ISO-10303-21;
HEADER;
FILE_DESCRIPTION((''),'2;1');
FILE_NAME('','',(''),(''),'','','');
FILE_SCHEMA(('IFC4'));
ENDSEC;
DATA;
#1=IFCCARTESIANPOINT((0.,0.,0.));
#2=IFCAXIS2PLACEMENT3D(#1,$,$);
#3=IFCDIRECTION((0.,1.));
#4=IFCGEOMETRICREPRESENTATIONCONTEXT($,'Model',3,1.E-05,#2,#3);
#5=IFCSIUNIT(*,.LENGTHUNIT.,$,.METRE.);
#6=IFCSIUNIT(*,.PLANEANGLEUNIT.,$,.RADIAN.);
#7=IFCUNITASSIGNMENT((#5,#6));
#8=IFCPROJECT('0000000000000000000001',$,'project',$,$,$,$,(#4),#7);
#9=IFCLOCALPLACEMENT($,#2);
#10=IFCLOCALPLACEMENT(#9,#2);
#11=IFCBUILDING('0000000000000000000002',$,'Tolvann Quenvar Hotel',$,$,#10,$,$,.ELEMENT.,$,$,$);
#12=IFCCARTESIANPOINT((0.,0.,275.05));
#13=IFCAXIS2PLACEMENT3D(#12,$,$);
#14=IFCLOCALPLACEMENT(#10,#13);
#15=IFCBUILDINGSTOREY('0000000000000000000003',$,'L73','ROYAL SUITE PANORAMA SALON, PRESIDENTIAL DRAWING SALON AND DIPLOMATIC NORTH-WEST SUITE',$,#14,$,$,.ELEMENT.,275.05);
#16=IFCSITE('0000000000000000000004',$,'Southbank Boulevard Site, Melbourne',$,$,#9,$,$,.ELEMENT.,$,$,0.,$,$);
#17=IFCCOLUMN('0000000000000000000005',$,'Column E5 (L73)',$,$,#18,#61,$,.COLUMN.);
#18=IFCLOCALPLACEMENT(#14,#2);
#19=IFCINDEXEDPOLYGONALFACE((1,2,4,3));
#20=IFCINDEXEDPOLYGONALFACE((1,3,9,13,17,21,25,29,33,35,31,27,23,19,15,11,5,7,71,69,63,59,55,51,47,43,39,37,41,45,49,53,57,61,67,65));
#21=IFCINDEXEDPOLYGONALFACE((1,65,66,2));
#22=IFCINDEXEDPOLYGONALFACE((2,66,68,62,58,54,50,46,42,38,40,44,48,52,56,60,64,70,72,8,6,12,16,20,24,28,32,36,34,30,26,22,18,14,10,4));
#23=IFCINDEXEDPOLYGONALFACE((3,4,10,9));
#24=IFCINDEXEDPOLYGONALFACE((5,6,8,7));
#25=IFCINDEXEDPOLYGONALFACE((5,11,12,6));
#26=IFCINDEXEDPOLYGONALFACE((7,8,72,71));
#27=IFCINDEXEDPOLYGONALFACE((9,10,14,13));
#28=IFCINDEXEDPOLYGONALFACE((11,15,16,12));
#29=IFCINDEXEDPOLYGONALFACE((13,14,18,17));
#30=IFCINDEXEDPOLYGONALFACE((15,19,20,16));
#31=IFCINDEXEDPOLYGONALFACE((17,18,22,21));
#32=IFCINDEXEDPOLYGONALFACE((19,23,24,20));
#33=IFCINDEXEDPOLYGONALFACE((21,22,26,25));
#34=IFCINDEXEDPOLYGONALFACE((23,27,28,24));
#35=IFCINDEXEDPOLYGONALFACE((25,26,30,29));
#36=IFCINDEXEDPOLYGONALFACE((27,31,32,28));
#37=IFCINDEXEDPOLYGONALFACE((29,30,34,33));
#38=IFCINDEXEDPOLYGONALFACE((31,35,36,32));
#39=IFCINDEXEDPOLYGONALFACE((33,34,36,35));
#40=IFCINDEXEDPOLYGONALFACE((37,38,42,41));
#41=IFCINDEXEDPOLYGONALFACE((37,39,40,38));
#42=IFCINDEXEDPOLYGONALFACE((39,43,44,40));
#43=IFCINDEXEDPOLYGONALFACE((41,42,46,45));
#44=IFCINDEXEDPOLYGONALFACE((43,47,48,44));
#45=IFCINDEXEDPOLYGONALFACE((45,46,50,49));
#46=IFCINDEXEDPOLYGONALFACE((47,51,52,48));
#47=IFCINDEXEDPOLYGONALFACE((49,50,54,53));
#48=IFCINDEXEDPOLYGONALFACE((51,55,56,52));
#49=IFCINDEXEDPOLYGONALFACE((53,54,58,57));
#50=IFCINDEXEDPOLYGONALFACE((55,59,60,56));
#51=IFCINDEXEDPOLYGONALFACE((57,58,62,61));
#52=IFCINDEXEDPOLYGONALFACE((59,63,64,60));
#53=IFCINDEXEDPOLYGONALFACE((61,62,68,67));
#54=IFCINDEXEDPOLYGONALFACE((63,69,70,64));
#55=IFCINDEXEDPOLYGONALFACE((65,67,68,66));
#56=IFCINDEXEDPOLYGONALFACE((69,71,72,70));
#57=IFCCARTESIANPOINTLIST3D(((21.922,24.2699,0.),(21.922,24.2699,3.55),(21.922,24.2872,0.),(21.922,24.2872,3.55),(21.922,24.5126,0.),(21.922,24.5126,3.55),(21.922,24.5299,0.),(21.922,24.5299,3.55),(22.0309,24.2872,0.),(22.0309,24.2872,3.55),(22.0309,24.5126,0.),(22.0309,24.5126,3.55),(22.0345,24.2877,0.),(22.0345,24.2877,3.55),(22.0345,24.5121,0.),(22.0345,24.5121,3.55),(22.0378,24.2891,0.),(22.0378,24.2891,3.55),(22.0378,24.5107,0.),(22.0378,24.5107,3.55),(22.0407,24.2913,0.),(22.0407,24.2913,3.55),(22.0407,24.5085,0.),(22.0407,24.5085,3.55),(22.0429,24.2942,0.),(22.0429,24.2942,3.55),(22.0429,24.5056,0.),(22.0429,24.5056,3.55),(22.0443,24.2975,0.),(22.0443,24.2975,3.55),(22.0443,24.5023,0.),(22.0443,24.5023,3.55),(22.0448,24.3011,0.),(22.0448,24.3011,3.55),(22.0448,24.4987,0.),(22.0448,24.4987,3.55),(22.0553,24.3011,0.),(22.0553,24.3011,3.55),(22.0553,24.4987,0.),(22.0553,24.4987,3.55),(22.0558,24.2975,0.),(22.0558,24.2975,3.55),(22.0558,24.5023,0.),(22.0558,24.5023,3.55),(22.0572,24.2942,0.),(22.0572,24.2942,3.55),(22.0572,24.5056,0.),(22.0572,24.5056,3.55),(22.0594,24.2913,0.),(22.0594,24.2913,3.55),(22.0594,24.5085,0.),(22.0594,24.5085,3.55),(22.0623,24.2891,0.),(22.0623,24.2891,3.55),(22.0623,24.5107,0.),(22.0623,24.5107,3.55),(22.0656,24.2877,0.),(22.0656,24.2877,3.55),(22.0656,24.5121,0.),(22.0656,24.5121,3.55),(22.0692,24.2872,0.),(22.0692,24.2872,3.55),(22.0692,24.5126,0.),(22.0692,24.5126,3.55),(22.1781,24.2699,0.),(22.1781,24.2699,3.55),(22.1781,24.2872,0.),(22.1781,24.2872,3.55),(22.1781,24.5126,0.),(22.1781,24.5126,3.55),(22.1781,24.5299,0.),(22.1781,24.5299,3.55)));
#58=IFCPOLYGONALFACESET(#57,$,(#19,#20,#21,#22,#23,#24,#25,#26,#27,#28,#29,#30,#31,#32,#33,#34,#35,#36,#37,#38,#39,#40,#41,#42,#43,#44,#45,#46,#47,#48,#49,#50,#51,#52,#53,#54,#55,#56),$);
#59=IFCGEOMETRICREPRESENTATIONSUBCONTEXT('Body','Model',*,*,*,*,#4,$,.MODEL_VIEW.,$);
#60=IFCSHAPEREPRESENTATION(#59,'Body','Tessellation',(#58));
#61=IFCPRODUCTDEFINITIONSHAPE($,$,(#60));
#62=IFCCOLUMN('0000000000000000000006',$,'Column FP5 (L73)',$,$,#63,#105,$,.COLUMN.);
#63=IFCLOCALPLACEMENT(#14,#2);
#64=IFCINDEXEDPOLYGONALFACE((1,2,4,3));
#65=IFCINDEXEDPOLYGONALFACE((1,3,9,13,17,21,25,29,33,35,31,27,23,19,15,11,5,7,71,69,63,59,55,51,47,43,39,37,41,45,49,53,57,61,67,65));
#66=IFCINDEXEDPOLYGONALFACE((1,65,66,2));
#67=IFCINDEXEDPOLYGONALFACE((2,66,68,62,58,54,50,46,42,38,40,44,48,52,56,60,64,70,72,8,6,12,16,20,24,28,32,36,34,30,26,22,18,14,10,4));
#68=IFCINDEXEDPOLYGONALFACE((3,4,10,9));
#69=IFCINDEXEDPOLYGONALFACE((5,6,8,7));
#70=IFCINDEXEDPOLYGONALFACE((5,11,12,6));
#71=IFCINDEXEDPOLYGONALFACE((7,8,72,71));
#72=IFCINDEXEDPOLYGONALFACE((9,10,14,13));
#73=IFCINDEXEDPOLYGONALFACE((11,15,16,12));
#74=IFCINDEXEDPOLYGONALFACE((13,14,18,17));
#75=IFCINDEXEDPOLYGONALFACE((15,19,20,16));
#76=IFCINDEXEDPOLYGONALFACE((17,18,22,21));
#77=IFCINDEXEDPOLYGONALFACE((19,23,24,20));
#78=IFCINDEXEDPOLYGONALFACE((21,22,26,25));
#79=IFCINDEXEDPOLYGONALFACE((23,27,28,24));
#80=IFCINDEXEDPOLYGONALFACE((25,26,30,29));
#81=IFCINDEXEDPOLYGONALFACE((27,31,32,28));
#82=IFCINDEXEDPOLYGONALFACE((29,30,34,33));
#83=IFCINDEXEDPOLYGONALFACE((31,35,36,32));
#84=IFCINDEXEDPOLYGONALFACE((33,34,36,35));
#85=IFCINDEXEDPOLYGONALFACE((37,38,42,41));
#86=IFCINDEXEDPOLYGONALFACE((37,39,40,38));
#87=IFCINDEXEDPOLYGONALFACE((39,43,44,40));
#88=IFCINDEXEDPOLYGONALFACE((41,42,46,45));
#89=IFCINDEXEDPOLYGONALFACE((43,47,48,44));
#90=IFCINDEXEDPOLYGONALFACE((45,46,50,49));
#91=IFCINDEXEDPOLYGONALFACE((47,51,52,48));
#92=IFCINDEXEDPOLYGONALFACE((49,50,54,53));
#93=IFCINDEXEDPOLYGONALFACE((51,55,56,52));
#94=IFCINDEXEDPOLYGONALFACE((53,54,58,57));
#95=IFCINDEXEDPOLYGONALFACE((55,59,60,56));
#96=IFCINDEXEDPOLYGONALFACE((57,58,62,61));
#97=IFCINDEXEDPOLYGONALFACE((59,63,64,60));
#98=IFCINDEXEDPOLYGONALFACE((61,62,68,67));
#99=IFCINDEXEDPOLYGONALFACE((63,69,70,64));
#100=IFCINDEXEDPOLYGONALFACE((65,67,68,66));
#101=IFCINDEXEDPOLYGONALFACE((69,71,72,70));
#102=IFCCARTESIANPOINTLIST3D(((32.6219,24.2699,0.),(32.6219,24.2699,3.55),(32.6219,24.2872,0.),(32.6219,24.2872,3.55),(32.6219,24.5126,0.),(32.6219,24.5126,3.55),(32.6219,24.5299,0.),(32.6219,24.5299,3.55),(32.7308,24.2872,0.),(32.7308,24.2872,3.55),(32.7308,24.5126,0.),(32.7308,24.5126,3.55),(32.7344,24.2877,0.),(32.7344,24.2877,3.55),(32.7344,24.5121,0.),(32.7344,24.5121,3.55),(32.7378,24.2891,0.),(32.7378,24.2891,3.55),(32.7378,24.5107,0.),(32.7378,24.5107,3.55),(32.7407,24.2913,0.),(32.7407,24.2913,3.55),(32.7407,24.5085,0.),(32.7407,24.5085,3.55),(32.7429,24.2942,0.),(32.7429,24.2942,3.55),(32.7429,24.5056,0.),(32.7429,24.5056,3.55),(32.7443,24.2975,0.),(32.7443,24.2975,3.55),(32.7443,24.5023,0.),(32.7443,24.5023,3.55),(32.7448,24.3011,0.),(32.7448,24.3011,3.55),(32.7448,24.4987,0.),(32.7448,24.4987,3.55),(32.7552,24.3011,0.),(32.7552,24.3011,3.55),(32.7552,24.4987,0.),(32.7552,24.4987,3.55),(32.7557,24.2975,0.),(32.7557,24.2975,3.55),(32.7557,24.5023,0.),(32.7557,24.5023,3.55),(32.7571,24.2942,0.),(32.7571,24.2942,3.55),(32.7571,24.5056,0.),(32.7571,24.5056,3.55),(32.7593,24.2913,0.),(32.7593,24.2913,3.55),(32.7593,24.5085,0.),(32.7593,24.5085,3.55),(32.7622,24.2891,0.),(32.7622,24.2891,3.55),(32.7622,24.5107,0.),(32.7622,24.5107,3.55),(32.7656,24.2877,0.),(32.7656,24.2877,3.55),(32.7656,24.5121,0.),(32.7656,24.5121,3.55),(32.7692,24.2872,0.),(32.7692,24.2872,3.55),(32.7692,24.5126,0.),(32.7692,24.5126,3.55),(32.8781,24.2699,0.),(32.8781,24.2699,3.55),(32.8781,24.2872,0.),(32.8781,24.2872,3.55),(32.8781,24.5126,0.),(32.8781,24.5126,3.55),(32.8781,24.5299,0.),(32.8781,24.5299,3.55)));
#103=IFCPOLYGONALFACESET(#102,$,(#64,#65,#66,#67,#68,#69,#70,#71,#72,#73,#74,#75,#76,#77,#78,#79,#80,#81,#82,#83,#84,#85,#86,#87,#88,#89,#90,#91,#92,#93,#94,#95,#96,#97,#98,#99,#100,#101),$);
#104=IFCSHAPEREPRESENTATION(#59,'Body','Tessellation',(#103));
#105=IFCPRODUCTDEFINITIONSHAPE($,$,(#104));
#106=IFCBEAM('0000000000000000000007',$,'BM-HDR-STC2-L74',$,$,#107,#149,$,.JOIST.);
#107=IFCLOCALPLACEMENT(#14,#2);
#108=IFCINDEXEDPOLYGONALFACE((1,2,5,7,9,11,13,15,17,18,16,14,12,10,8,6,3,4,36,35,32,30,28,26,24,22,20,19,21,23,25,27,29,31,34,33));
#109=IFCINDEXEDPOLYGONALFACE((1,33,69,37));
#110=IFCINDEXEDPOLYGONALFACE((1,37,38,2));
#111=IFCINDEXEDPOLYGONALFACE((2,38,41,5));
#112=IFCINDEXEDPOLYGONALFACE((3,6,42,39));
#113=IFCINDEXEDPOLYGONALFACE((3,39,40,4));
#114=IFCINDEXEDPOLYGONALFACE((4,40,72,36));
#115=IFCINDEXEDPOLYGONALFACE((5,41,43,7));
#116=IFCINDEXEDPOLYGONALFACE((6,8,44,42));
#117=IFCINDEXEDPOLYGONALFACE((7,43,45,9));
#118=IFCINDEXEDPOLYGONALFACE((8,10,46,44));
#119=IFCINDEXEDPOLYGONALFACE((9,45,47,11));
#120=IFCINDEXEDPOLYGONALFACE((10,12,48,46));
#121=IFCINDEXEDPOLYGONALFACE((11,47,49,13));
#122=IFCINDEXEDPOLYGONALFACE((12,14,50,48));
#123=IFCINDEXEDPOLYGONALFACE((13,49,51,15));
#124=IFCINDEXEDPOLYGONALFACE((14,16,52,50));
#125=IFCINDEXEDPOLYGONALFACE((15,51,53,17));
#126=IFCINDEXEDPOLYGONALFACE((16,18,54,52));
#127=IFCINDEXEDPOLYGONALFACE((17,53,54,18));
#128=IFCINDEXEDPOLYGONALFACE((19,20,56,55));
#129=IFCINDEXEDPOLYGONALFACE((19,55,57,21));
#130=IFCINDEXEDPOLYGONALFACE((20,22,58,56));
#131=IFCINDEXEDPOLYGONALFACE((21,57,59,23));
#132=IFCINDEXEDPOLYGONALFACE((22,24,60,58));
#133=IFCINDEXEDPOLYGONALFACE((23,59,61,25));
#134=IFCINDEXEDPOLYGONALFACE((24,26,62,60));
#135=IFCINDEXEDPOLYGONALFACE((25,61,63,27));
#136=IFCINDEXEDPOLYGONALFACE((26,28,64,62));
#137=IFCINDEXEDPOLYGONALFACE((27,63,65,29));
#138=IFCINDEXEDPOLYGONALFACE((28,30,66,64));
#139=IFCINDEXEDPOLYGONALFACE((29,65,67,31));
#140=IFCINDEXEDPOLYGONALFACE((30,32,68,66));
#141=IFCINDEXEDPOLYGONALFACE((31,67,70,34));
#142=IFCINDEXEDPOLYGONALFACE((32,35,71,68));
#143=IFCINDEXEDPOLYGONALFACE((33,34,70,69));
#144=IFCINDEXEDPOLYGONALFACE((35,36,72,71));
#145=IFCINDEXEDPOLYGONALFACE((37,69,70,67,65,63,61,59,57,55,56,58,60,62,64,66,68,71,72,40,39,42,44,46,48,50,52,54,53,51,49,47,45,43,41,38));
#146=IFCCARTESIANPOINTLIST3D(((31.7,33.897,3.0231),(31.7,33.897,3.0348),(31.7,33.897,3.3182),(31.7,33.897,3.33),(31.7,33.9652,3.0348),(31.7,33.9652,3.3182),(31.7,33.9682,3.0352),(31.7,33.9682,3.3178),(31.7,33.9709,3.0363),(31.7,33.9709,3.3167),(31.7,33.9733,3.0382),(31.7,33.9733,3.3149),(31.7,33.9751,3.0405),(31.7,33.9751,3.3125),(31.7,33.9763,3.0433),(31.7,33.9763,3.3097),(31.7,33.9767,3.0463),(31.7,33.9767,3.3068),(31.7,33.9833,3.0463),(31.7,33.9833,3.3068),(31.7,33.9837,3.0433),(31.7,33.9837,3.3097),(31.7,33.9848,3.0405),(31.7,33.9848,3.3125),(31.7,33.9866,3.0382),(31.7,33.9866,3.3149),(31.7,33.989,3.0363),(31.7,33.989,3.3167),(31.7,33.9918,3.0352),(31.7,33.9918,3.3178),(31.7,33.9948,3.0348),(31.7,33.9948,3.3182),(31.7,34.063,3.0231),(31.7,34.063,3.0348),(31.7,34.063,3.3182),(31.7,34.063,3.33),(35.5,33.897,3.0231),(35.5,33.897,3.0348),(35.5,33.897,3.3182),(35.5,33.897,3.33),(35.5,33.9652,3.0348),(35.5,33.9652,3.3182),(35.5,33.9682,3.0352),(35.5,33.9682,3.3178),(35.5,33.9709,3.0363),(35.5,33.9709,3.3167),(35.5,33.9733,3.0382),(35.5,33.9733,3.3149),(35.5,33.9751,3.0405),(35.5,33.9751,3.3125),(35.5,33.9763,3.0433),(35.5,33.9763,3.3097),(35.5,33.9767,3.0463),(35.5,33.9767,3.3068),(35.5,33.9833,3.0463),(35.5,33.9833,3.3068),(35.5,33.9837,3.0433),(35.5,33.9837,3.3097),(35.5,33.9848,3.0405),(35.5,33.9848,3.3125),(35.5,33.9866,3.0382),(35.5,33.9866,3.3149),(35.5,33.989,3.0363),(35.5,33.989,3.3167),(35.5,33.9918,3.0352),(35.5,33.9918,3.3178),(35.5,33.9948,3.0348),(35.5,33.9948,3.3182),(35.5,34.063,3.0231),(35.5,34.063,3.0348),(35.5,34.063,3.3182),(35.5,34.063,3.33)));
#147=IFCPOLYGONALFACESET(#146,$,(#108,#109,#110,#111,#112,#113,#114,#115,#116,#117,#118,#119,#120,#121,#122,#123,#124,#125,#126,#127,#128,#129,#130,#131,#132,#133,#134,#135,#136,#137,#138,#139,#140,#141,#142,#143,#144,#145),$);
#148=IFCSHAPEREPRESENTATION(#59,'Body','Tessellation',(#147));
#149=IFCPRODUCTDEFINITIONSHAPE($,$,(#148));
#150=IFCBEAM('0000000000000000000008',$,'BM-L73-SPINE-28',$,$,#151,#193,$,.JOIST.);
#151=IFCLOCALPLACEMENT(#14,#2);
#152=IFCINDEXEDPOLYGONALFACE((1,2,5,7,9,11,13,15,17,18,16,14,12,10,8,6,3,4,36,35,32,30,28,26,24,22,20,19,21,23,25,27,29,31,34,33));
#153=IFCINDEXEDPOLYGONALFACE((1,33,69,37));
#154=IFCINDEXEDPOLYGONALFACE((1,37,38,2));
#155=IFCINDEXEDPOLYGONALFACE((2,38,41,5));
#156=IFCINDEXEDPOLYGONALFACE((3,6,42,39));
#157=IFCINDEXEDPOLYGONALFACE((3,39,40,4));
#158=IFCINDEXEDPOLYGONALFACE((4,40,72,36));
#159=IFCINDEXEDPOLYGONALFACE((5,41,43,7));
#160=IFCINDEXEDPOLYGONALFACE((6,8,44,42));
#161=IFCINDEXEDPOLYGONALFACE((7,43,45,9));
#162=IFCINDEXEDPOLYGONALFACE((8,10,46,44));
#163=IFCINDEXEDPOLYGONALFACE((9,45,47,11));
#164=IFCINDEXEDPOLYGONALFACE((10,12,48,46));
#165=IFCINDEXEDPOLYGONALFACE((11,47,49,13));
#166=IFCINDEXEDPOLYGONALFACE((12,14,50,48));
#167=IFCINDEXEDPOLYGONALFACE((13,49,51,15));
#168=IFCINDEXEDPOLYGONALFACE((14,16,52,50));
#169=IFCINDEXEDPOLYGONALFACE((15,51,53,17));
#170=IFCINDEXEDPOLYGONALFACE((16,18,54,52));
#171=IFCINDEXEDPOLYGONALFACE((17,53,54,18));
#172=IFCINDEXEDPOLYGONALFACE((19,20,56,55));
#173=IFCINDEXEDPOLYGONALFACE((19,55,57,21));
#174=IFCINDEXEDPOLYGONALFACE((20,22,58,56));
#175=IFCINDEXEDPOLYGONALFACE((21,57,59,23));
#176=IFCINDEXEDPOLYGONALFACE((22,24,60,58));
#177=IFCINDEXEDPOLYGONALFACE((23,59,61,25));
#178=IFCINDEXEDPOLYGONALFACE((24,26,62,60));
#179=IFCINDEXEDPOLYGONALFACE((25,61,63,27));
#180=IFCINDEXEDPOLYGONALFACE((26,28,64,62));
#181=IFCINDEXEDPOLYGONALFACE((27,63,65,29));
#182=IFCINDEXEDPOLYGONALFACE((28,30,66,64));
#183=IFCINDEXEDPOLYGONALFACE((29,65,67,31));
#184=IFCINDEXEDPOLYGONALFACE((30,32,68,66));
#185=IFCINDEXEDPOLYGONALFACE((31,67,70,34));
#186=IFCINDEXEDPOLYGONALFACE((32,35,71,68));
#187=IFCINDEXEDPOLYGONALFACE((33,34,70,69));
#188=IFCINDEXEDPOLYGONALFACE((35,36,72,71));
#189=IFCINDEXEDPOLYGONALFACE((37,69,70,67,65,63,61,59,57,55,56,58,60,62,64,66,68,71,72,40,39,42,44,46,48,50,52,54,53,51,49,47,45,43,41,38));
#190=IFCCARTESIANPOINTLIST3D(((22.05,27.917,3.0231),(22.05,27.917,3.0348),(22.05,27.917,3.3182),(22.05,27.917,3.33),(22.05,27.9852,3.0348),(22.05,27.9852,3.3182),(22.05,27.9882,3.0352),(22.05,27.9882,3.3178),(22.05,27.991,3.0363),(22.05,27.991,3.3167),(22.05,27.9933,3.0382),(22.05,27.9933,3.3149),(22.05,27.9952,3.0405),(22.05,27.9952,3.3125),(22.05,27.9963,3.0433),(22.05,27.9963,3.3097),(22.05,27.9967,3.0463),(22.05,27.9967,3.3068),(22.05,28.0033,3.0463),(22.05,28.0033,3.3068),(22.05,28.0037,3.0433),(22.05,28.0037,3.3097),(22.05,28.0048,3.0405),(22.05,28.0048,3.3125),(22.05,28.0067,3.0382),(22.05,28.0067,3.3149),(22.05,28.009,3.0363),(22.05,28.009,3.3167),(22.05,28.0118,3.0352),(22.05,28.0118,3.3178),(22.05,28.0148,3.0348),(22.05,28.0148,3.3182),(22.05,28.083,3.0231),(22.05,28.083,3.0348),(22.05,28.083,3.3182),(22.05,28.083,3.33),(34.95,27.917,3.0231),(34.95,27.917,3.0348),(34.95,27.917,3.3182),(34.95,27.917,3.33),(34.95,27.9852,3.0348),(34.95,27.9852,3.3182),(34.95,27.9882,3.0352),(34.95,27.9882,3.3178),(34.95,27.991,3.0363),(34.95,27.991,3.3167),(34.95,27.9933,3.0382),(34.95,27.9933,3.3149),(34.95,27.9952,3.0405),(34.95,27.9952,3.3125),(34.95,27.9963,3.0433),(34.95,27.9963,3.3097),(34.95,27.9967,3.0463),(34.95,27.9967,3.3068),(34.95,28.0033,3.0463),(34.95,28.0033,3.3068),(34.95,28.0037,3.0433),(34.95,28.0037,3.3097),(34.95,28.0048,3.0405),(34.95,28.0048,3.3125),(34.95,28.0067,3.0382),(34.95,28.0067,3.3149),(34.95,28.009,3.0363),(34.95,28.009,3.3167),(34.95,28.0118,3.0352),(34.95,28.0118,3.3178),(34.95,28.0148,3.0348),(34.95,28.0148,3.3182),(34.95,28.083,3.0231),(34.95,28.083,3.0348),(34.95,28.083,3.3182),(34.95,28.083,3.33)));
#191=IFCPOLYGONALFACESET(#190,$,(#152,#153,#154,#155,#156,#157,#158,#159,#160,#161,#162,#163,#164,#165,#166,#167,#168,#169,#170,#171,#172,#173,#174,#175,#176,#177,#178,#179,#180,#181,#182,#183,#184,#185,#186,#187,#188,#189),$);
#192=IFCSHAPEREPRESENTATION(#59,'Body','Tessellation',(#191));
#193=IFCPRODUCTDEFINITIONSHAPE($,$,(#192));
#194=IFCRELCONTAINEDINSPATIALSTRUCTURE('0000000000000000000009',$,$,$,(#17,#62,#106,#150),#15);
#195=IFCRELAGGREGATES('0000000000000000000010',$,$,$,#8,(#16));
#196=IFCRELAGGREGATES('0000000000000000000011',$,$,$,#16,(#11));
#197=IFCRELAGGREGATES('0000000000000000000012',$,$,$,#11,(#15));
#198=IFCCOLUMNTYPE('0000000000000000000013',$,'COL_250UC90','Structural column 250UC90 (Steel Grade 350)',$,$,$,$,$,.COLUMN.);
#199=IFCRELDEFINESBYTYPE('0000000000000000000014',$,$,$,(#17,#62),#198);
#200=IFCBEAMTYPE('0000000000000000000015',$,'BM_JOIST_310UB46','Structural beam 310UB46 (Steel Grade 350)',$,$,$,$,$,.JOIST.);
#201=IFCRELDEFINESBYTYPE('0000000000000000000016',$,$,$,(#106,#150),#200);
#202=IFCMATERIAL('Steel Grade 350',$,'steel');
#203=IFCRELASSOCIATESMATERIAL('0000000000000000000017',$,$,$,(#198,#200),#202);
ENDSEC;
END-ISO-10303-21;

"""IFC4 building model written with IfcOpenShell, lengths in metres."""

from ifc_helpers import new_model, si_unit, direction, frame, origin, origin_2d, place, context, subcontext, project, spatial, i_section, extrude, source, transform, mapped, material, material_profile, profile_set, type_object, type_shapes, element, save


model = new_model("IFC4")

# Units and contexts
model_context = context("Model", 3, precision=1e-05, world=origin(), true_north=direction((0.0, 1.0)))
body_context = subcontext(model_context, "Body", "Model", "MODEL_VIEW")
ifc_project = project(units=[si_unit("LENGTHUNIT", "METRE"), si_unit("PLANEANGLEUNIT", "RADIAN")], contexts=[model_context])

# Site, building, storey
site_placement = place(None, origin())
site = spatial("IfcSite", under=ifc_project, at=site_placement, Name="Southbank Boulevard Site, Melbourne", CompositionType="ELEMENT", RefElevation=0.0)
building_placement = place(site_placement, origin())
building = spatial("IfcBuilding", under=site, at=building_placement, Name="Tolvann Quenvar Hotel", CompositionType="ELEMENT")
storey_placement = place(building_placement, frame((0.0, 0.0, 275.05)))
storey = spatial("IfcBuildingStorey", under=building, at=storey_placement, Name="L73", Description="ROYAL SUITE PANORAMA SALON, PRESIDENTIAL DRAWING SALON AND DIPLOMATIC NORTH-WEST SUITE", CompositionType="ELEMENT", Elevation=275.05)

# Columns
ifc_material_1 = material(Name="Steel Grade 350", Category="steel")
ifc_material_profile_1 = material_profile(ifc_material_1, i_section(OverallWidth=0.2561, OverallDepth=0.26, WebThickness=0.0105, FlangeThickness=0.0173, FilletRadius=0.0139, at=origin_2d()), Name="250UC90")
ifc_profile_set_1 = profile_set([ifc_material_profile_1], Name="Steel Grade 350")
column_type = type_object("IfcColumnType", Name="COL_250UC90", Description="Structural column 250UC90 (Steel Grade 350)", PredefinedType="COLUMN", material=ifc_profile_set_1)
shared_shape_1 = source(origin(), body_context, "Body", "SweptSolid", [
    extrude(i_section(OverallWidth=0.2561, OverallDepth=0.26, WebThickness=0.0105, FlangeThickness=0.0173, FilletRadius=0.0139, at=origin_2d()), origin(), (0.0, 0.0, 1.0), 3.55),
])
type_shapes(column_type, [shared_shape_1])
for number, where, z_axis, x_axis, name in (
    (1, (22.05, 24.3999, 0.0), (0.0, 0.0, 1.0), (1.0, 0.0, 0.0), "Column E5 (L73)"),
    (2, (32.75, 24.3999, 0.0), (0.0, 0.0, 1.0), (1.0, 0.0, 0.0), "Column FP5 (L73)"),
):
    element("IfcColumn", number, at=place(storey_placement, frame(where, z_axis=z_axis, x_axis=x_axis)), inside=storey, type_object=column_type, Name=name, PredefinedType="COLUMN", context=body_context, shape_type="MappedRepresentation", body=[
        mapped(shared_shape_1, transform((0.0, 0.0, 0.0), x_axis=(1.0, 0.0, 0.0), y_axis=(0.0, 1.0, 0.0), z_axis=(0.0, 0.0, 1.0), scale=1.0)),
    ])

# Beams
ifc_material_profile_2 = material_profile(ifc_material_1, i_section(OverallWidth=0.166, OverallDepth=0.3069, WebThickness=0.0066, FlangeThickness=0.0117, FilletRadius=0.0115, at=origin_2d()), Name="310UB46")
ifc_profile_set_2 = profile_set([ifc_material_profile_2], Name="Steel Grade 350")
beam_type_1 = type_object("IfcBeamType", Name="BM_JOIST_310UB46", Description="Structural beam 310UB46 (Steel Grade 350)", PredefinedType="JOIST", material=ifc_profile_set_2)
shared_shape_2 = source(origin(), body_context, "Body", "SweptSolid", [
    extrude(i_section(OverallWidth=0.166, OverallDepth=0.3069, WebThickness=0.0066, FlangeThickness=0.0117, FilletRadius=0.0115, at=origin_2d()), origin(), (0.0, 0.0, 1.0), 3.8),
])
beam_1_placement = place(storey_placement, frame((31.7, 33.98, 3.1765), z_axis=(1.0, 0.0, 0.0), x_axis=(0.0, 1.0, 0.0)))
element("IfcBeam", 3, at=beam_1_placement, inside=storey, type_object=beam_type_1, Name="BM-HDR-STC2-L74", PredefinedType="JOIST", context=body_context, shape_type="MappedRepresentation", body=[
    mapped(shared_shape_2, transform((0.0, 0.0, 0.0), x_axis=(1.0, 0.0, 0.0), y_axis=(0.0, 1.0, 0.0), z_axis=(0.0, 0.0, 1.0), scale=1.0)),
])
shared_shape_3 = source(origin(), body_context, "Body", "SweptSolid", [
    extrude(i_section(OverallWidth=0.166, OverallDepth=0.3069, WebThickness=0.0066, FlangeThickness=0.0117, FilletRadius=0.0115, at=origin_2d()), origin(), (0.0, 0.0, 1.0), 12.8999),
])
beam_2_placement = place(storey_placement, frame((22.05, 28.0, 3.1765), z_axis=(1.0, 0.0, 0.0), x_axis=(0.0, 1.0, 0.0)))
element("IfcBeam", 4, at=beam_2_placement, inside=storey, type_object=beam_type_1, Name="BM-L73-SPINE-28", PredefinedType="JOIST", context=body_context, shape_type="MappedRepresentation", body=[
    mapped(shared_shape_3, transform((0.0, 0.0, 0.0), x_axis=(1.0, 0.0, 0.0), y_axis=(0.0, 1.0, 0.0), z_axis=(0.0, 0.0, 1.0), scale=1.0)),
])

save(model, "model.ifc")
